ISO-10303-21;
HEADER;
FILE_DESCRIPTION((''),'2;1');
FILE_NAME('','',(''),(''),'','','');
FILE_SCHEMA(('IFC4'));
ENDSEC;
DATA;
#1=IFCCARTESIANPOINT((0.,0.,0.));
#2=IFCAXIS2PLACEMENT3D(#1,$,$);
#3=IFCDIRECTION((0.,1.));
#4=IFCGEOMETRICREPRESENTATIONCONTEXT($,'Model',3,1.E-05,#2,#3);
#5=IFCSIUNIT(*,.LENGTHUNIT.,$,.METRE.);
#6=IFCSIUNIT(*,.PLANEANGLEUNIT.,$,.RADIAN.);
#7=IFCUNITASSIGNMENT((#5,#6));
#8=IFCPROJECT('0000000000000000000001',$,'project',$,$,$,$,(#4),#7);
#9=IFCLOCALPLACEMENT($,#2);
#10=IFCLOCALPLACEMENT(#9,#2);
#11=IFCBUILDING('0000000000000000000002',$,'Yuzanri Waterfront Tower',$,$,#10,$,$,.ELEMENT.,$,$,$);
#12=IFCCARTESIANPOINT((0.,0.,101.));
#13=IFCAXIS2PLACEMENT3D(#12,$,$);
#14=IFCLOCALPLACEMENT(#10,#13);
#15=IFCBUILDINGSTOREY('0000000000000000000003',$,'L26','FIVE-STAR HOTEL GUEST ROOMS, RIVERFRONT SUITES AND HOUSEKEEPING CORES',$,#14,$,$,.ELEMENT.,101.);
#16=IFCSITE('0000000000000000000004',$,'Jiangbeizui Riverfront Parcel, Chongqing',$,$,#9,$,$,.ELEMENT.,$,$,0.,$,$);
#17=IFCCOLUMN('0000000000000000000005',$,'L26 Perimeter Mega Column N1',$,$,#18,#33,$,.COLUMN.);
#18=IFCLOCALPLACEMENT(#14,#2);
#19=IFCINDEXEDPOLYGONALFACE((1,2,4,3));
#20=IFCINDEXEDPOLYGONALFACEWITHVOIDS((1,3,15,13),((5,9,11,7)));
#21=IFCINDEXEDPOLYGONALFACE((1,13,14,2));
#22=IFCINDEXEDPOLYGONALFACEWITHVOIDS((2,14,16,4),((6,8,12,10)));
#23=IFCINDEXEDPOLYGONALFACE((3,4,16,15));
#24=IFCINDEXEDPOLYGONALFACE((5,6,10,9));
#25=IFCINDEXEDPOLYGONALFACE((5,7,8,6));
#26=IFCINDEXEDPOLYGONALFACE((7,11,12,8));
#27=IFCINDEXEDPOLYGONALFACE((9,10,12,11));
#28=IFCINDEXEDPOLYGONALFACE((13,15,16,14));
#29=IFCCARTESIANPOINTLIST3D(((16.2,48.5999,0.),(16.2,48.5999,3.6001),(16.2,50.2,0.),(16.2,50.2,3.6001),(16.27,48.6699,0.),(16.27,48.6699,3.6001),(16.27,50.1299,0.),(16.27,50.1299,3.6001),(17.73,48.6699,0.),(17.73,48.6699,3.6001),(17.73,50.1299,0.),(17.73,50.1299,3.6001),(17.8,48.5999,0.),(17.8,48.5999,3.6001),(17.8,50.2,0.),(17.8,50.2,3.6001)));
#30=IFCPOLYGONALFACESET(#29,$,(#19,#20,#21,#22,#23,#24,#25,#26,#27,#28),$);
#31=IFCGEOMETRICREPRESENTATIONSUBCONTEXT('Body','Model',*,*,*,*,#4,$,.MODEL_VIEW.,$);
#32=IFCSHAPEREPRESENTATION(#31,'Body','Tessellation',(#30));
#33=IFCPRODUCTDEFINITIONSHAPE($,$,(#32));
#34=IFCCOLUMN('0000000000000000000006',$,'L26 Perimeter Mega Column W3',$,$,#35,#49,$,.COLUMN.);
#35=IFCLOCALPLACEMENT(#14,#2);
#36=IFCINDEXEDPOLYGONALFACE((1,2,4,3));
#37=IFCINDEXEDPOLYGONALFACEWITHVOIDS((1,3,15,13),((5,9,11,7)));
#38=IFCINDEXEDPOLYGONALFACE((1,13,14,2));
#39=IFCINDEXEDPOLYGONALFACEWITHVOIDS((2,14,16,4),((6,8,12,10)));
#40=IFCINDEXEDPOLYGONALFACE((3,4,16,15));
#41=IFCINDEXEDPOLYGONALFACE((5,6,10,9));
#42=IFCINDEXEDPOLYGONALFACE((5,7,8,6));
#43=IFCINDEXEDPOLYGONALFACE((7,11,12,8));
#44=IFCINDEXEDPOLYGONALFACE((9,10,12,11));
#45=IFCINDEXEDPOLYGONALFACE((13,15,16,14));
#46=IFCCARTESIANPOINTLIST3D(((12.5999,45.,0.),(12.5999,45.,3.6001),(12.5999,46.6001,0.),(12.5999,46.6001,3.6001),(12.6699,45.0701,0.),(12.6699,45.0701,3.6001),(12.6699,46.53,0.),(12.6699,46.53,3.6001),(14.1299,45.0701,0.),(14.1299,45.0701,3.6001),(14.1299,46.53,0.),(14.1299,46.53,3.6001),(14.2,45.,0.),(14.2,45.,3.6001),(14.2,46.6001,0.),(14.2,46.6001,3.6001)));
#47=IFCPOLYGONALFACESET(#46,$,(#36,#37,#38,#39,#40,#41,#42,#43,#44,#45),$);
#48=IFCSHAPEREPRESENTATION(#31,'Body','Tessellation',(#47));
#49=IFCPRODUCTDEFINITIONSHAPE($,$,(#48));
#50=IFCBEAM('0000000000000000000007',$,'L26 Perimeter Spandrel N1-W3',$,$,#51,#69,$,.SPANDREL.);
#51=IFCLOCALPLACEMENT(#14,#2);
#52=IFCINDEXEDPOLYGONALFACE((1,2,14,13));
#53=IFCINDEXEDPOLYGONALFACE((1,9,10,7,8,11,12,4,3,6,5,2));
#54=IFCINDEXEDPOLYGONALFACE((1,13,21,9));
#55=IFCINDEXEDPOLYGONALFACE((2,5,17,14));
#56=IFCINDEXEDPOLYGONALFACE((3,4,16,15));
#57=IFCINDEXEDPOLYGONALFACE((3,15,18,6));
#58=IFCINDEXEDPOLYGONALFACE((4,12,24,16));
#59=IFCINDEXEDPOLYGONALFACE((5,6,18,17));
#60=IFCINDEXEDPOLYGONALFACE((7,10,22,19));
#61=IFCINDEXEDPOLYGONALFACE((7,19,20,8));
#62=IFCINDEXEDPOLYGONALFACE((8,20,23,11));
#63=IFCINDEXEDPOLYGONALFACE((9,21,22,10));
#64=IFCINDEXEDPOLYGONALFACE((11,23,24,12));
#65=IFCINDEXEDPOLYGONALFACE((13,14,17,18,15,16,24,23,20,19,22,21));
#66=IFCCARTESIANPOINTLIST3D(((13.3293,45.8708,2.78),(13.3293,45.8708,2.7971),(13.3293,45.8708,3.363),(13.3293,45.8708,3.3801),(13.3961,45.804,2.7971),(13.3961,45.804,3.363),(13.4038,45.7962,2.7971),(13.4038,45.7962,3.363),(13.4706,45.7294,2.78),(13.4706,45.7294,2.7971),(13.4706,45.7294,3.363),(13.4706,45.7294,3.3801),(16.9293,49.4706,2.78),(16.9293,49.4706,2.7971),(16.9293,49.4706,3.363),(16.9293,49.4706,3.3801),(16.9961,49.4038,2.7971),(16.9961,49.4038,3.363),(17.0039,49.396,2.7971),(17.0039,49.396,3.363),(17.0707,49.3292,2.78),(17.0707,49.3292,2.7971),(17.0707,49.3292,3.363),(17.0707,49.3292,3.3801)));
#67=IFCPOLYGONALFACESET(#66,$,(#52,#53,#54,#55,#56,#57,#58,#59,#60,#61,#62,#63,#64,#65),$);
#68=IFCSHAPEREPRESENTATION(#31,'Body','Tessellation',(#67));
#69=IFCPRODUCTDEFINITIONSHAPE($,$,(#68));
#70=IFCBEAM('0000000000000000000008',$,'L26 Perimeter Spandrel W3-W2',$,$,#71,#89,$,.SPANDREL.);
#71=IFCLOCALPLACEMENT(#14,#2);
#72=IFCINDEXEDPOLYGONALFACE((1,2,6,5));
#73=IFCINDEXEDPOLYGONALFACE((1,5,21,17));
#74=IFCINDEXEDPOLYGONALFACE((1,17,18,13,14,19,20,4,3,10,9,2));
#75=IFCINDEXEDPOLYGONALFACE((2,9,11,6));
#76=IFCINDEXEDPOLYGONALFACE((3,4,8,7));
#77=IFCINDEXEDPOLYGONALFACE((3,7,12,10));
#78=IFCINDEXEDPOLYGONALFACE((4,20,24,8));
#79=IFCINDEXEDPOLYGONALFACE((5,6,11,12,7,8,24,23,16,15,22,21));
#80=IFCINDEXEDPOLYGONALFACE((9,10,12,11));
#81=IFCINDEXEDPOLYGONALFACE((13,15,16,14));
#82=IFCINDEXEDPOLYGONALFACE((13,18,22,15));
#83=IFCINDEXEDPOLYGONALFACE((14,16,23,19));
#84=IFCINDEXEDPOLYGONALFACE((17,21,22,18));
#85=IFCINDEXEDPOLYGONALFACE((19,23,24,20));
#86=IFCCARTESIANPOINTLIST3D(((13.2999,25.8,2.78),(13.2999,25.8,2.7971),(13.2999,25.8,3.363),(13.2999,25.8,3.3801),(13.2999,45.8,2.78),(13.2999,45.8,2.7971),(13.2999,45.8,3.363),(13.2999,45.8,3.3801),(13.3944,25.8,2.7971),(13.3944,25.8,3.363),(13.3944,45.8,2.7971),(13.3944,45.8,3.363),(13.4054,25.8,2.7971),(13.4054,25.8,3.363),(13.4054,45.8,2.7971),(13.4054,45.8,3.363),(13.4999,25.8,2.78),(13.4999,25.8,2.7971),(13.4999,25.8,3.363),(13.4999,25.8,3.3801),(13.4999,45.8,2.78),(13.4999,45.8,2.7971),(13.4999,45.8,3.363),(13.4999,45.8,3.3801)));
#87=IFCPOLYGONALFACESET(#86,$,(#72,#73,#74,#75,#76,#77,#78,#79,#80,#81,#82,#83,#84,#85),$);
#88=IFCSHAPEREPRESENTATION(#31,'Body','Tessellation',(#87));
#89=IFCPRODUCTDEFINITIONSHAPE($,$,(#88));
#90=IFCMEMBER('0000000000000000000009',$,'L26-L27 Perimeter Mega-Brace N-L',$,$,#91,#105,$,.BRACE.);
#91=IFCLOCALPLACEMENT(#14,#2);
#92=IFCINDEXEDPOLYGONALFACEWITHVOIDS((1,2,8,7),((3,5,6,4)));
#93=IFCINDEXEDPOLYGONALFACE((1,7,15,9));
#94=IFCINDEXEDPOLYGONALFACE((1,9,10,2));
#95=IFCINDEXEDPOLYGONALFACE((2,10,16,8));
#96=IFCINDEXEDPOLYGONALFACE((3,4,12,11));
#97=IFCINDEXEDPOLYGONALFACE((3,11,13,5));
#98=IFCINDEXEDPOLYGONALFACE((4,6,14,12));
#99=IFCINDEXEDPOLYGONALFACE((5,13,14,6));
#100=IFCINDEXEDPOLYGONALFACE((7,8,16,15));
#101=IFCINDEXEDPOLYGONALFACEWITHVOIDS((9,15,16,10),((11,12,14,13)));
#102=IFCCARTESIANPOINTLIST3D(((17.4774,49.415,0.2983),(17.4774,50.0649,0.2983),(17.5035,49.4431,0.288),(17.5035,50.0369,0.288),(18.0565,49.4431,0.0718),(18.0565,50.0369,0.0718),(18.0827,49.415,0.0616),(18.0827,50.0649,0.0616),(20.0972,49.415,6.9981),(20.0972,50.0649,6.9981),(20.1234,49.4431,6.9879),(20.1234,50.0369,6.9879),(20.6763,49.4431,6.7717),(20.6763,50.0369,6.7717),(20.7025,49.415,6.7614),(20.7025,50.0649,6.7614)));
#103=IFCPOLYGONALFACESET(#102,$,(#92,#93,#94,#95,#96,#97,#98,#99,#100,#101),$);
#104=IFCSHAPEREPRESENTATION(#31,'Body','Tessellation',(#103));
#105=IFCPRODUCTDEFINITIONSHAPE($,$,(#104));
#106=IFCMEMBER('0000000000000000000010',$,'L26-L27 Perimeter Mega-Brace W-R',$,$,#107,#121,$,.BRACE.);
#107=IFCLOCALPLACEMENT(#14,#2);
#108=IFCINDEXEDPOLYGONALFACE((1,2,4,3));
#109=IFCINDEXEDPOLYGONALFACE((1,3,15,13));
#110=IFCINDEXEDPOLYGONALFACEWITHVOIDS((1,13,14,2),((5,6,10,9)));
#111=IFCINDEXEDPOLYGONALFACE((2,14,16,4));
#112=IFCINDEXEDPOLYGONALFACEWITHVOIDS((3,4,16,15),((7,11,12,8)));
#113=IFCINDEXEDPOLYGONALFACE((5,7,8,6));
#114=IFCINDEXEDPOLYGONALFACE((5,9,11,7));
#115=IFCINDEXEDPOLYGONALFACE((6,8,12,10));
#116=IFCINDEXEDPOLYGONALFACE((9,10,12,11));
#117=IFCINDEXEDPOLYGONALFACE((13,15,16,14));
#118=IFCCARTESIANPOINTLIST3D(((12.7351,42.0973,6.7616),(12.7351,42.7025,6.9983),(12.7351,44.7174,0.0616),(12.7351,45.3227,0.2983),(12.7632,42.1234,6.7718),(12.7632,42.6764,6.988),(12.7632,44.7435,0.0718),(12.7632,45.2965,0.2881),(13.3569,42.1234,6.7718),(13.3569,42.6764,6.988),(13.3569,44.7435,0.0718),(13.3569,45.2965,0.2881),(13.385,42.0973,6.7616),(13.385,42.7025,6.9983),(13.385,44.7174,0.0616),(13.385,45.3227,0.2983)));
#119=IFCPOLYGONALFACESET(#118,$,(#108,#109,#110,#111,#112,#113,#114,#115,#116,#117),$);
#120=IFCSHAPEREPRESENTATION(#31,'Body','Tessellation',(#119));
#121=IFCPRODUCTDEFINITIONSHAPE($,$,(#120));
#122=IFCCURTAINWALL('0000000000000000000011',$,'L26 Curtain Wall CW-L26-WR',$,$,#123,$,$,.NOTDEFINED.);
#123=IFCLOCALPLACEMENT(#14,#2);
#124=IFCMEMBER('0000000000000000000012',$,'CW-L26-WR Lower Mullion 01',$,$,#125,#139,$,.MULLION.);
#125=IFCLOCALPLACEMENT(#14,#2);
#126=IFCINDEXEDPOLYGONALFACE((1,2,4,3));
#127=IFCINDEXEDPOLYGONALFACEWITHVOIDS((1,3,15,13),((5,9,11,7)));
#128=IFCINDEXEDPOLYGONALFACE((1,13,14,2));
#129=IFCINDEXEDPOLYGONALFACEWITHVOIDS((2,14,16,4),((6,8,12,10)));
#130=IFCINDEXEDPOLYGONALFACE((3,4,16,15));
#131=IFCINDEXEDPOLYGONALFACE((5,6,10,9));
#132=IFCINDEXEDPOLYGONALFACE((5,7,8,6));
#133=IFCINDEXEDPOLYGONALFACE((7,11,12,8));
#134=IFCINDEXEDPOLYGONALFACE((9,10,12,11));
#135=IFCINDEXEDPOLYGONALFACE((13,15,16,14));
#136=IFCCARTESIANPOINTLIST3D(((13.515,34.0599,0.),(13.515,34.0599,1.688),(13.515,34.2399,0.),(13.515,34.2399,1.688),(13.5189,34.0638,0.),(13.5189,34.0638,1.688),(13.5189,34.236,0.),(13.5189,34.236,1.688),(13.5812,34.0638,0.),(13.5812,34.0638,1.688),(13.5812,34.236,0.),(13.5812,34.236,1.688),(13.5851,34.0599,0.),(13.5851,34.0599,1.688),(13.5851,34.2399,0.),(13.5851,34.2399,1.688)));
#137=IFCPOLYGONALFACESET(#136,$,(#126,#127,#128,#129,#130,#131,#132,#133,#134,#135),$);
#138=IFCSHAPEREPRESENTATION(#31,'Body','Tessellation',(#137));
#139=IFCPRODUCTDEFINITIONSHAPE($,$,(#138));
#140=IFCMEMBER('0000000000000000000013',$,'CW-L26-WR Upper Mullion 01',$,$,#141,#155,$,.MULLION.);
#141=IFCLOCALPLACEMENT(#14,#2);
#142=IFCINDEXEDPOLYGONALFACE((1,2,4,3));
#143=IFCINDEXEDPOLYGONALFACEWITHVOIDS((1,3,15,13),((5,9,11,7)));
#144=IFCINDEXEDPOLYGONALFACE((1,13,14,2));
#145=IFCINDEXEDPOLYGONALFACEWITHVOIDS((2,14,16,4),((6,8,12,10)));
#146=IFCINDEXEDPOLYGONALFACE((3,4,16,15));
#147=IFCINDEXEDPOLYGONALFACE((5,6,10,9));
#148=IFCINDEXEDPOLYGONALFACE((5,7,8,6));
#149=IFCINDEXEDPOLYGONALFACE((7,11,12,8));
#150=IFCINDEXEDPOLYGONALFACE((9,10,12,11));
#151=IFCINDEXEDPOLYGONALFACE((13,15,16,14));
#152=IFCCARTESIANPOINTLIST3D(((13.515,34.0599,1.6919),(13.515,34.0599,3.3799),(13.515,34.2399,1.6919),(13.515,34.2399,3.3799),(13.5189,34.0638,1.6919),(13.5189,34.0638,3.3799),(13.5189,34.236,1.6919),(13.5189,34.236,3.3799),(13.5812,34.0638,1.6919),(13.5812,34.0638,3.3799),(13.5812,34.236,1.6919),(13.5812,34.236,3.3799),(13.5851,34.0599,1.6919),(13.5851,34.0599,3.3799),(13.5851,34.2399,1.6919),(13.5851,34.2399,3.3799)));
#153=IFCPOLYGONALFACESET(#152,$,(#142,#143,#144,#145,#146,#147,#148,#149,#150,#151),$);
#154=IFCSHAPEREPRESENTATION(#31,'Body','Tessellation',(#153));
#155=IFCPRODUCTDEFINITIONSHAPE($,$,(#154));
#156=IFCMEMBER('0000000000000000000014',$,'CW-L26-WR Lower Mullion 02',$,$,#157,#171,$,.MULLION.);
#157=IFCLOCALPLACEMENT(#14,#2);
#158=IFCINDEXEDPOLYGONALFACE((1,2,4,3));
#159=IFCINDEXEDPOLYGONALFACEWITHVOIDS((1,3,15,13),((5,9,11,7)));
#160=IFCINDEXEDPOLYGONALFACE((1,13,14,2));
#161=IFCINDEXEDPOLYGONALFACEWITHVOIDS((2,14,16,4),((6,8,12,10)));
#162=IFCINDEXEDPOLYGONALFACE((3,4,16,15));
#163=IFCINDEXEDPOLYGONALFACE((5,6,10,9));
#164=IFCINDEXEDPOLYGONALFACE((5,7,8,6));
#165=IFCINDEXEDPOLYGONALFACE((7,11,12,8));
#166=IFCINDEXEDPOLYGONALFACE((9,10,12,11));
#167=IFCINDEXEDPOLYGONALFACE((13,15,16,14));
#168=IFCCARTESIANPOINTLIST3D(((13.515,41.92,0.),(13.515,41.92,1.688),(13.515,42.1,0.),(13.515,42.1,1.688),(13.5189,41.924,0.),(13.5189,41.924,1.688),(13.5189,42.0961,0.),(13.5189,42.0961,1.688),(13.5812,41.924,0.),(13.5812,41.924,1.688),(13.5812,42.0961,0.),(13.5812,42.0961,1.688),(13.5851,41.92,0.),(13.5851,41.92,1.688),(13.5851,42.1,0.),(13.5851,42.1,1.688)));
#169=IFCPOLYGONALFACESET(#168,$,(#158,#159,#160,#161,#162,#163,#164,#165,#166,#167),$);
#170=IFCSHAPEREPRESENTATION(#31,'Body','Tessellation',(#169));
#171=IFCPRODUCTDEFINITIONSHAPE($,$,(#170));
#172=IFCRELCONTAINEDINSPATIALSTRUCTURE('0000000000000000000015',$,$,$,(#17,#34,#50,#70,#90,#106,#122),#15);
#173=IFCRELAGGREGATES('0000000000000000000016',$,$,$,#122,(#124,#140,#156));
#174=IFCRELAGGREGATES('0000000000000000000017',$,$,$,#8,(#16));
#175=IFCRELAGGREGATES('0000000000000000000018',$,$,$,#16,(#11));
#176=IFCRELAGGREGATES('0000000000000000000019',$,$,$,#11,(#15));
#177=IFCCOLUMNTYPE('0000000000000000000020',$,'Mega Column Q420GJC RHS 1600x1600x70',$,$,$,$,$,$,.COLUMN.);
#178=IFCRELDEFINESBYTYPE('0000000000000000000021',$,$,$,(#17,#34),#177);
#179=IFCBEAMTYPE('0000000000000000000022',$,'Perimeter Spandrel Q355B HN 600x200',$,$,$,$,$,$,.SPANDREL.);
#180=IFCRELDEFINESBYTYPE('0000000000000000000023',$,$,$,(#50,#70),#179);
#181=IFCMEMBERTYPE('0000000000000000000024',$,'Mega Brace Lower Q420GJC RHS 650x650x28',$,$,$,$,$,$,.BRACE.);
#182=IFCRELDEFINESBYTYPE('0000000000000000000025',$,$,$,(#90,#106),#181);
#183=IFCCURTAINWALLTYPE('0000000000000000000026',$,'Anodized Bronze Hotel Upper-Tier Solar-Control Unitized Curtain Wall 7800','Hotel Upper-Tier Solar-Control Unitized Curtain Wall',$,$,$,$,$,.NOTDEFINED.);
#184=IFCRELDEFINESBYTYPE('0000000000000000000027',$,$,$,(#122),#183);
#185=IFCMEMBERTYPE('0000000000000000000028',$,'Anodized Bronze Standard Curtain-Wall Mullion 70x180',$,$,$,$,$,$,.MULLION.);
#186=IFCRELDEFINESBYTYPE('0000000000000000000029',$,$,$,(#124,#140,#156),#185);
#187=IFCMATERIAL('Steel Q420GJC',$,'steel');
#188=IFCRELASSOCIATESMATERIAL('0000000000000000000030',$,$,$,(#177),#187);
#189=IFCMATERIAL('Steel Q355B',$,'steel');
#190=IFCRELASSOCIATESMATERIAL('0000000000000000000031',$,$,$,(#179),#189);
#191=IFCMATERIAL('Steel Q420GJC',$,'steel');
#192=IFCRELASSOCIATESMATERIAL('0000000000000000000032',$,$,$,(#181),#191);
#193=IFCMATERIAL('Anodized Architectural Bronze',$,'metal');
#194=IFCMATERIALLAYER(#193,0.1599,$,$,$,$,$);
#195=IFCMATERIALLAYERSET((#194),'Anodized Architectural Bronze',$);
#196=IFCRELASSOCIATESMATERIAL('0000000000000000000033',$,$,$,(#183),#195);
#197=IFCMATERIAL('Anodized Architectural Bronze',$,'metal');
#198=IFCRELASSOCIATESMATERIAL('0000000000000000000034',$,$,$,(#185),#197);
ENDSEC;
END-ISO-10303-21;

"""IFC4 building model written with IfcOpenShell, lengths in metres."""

from ifc_helpers import new_model, si_unit, direction, frame, origin, origin_2d, place, context, subcontext, project, spatial, hollow_rectangle, i_section, extrude, source, transform, mapped, material, layer, layer_set, material_profile, profile_set, type_object, element, aggregate, save


model = new_model("IFC4")

# Units and contexts
model_context = context("Model", 3, precision=1e-05, world=origin(), true_north=direction((0.0, 1.0)))
body_context = subcontext(model_context, "Body", "Model", "MODEL_VIEW")
ifc_project = project(units=[si_unit("LENGTHUNIT", "METRE"), si_unit("PLANEANGLEUNIT", "RADIAN")], contexts=[model_context])

# Site, building, storey
site_placement = place(None, origin())
site = spatial("IfcSite", under=ifc_project, at=site_placement, Name="Jiangbeizui Riverfront Parcel, Chongqing", CompositionType="ELEMENT", RefElevation=0.0)
building_placement = place(site_placement, origin())
building = spatial("IfcBuilding", under=site, at=building_placement, Name="Yuzanri Waterfront Tower", CompositionType="ELEMENT")
storey_placement = place(building_placement, frame((0.0, 0.0, 101.0)))
storey = spatial("IfcBuildingStorey", under=building, at=storey_placement, Name="L26", Description="FIVE-STAR HOTEL GUEST ROOMS, RIVERFRONT SUITES AND HOUSEKEEPING CORES", CompositionType="ELEMENT", Elevation=101.0)

# Columns
ifc_material_1 = material(Name="Steel Q420GJC", Category="steel")
ifc_material_profile_1 = material_profile(ifc_material_1, hollow_rectangle(XDim=1.6001, YDim=1.6001, WallThickness=0.0701, at=origin_2d()), Name="RHS 1600x1600x70")
ifc_profile_set_1 = profile_set([ifc_material_profile_1], Name="Steel Q420GJC")
column_type = type_object("IfcColumnType", Name="Mega Column Q420GJC RHS 1600x1600x70", PredefinedType="COLUMN", material=ifc_profile_set_1)
shared_shape_1 = source(origin(), body_context, "Body", "SweptSolid", [
    extrude(hollow_rectangle(XDim=1.6001, YDim=1.6001, WallThickness=0.0701, at=origin_2d()), origin(), (0.0, 0.0, 1.0), 3.6001),
])
for number, where, z_axis, x_axis, name in (
    (1, (17.0, 49.3999, 0.0), (0.0, 0.0, 1.0), (1.0, 0.0, 0.0), "L26 Perimeter Mega Column N1"),
    (2, (13.3999, 45.8, 0.0), (0.0, 0.0, 1.0), (1.0, 0.0, 0.0), "L26 Perimeter Mega Column W3"),
):
    element("IfcColumn", number, at=place(storey_placement, frame(where, z_axis=z_axis, x_axis=x_axis)), inside=storey, type_object=column_type, Name=name, PredefinedType="COLUMN", context=body_context, shape_type="MappedRepresentation", body=[
        mapped(shared_shape_1, transform((0.0, 0.0, 0.0), scale=1.0)),
    ])

# Beams
ifc_material_2 = material(Name="Steel Q355B", Category="steel")
ifc_material_profile_2 = material_profile(ifc_material_2, i_section(OverallWidth=0.2, OverallDepth=0.6001, WebThickness=0.011, FlangeThickness=0.0171, at=origin_2d()), Name="HN 600x200x11x17")
ifc_profile_set_2 = profile_set([ifc_material_profile_2], Name="Steel Q355B")
beam_type = type_object("IfcBeamType", Name="Perimeter Spandrel Q355B HN 600x200", PredefinedType="SPANDREL", material=ifc_profile_set_2)
shared_shape_2 = source(origin(), body_context, "Body", "SweptSolid", [
    extrude(i_section(OverallWidth=0.2, OverallDepth=0.6001, WebThickness=0.011, FlangeThickness=0.0171, at=origin_2d()), origin(), (0.0, 0.0, 1.0), 5.0911),
])
beam_1_placement = place(storey_placement, frame((17.0, 49.3999, 3.0801), z_axis=(-0.707131, -0.707083, 0.0), x_axis=(0.707083, -0.707131, 0.0)))
element("IfcBeam", 3, at=beam_1_placement, inside=storey, type_object=beam_type, Name="L26 Perimeter Spandrel N1-W3", PredefinedType="SPANDREL", context=body_context, shape_type="MappedRepresentation", body=[
    mapped(shared_shape_2, transform((0.0, 0.0, 0.0), scale=1.0)),
])
shared_shape_3 = source(origin(), body_context, "Body", "SweptSolid", [
    extrude(i_section(OverallWidth=0.2, OverallDepth=0.6001, WebThickness=0.011, FlangeThickness=0.0171, at=origin_2d()), origin(), (0.0, 0.0, 1.0), 20.0),
])
beam_2_placement = place(storey_placement, frame((13.3999, 45.8, 3.0801), z_axis=(0.0, -1.0, 0.0), x_axis=(1.0, 0.0, 0.0)))
element("IfcBeam", 4, at=beam_2_placement, inside=storey, type_object=beam_type, Name="L26 Perimeter Spandrel W3-W2", PredefinedType="SPANDREL", context=body_context, shape_type="MappedRepresentation", body=[
    mapped(shared_shape_3, transform((0.0, 0.0, 0.0), scale=1.0)),
])

# Members
ifc_material_3 = material(Name="Steel Q420GJC", Category="steel")
ifc_material_profile_3 = material_profile(ifc_material_3, hollow_rectangle(XDim=0.6499, YDim=0.6499, WallThickness=0.0281, at=origin_2d()), Name="RHS 650x650x28")
ifc_profile_set_3 = profile_set([ifc_material_profile_3], Name="Steel Q420GJC")
member_type_1 = type_object("IfcMemberType", Name="Mega Brace Lower Q420GJC RHS 650x650x28", PredefinedType="BRACE", material=ifc_profile_set_3)
shared_shape_4 = source(origin(), body_context, "Body", "SweptSolid", [
    extrude(hollow_rectangle(XDim=0.6499, YDim=0.6499, WallThickness=0.0281, at=origin_2d()), origin(), (0.0, 0.0, 1.0), 7.1938),
])
member_1_placement = place(storey_placement, frame((17.78, 49.74, 0.1799), z_axis=(0.364177, 0.0, 0.93133), x_axis=(0.0, 1.0, 0.0)))
element("IfcMember", 5, at=member_1_placement, inside=storey, type_object=member_type_1, Name="L26-L27 Perimeter Mega-Brace N-L", PredefinedType="BRACE", context=body_context, shape_type="MappedRepresentation", body=[
    mapped(shared_shape_4, transform((0.0, 0.0, 0.0), scale=1.0)),
])
shared_shape_5 = source(origin(), body_context, "Body", "SweptSolid", [
    extrude(hollow_rectangle(XDim=0.6499, YDim=0.6499, WallThickness=0.0281, at=origin_2d()), origin(), (0.0, 0.0, 1.0), 7.1941),
])
member_2_placement = place(storey_placement, frame((13.0601, 45.02, 0.1799), z_axis=(0.0, -0.364206, 0.931318), x_axis=(1.0, 0.0, 0.0)))
element("IfcMember", 6, at=member_2_placement, inside=storey, type_object=member_type_1, Name="L26-L27 Perimeter Mega-Brace W-R", PredefinedType="BRACE", context=body_context, shape_type="MappedRepresentation", body=[
    mapped(shared_shape_5, transform((0.0, 0.0, 0.0), scale=1.0)),
])

# Curtain wall, members
ifc_material_4 = material(Name="Anodized Architectural Bronze", Category="metal")
ifc_layer_1 = layer(ifc_material_4, 0.1599)
ifc_layer_set_1 = layer_set([ifc_layer_1], Name="Anodized Architectural Bronze")
curtain_wall_type = type_object("IfcCurtainWallType", Name="Anodized Bronze Hotel Upper-Tier Solar-Control Unitized Curtain Wall 7800", Description="Hotel Upper-Tier Solar-Control Unitized Curtain Wall", PredefinedType="NOTDEFINED", material=ifc_layer_set_1)
curtain_wall_placement = place(storey_placement, origin())
curtain_wall = element("IfcCurtainWall", 7, at=curtain_wall_placement, inside=storey, type_object=curtain_wall_type, Name="L26 Curtain Wall CW-L26-WR", PredefinedType="NOTDEFINED")
ifc_material_5 = material(Name="Anodized Architectural Bronze", Category="metal")
ifc_material_profile_4 = material_profile(ifc_material_5, hollow_rectangle(XDim=0.0701, YDim=0.1799, WallThickness=0.0039, at=origin_2d()), Name="CWM 70x180")
ifc_profile_set_4 = profile_set([ifc_material_profile_4], Name="Anodized Architectural Bronze")
member_type_2 = type_object("IfcMemberType", Name="Anodized Bronze Standard Curtain-Wall Mullion 70x180", PredefinedType="MULLION", material=ifc_profile_set_4)
shared_shape_6 = source(origin(), body_context, "Body", "SweptSolid", [
    extrude(hollow_rectangle(XDim=0.0701, YDim=0.1799, WallThickness=0.0039, at=origin_2d()), origin(), (0.0, 0.0, 1.0), 1.688),
])
member_3_placement = place(storey_placement, frame((13.55, 34.1499, 0.0), z_axis=(0.0, 0.0, 1.0), x_axis=(1.0, 0.0, 0.0)))
member_3 = element("IfcMember", 8, at=member_3_placement, type_object=member_type_2, Name="CW-L26-WR Lower Mullion 01", PredefinedType="MULLION", context=body_context, shape_type="MappedRepresentation", body=[
    mapped(shared_shape_6, transform((0.0, 0.0, 0.0), scale=1.0)),
])
member_4_placement = place(storey_placement, frame((13.55, 34.1499, 1.6919), z_axis=(0.0, 0.0, 1.0), x_axis=(1.0, 0.0, 0.0)))
member_4 = element("IfcMember", 9, at=member_4_placement, type_object=member_type_2, Name="CW-L26-WR Upper Mullion 01", PredefinedType="MULLION", context=body_context, shape_type="MappedRepresentation", body=[
    mapped(shared_shape_6, transform((0.0, 0.0, 0.0), scale=1.0)),
])
member_5_placement = place(storey_placement, frame((13.55, 42.01, 0.0), z_axis=(0.0, 0.0, 1.0), x_axis=(1.0, 0.0, 0.0)))
member_5 = element("IfcMember", 10, at=member_5_placement, type_object=member_type_2, Name="CW-L26-WR Lower Mullion 02", PredefinedType="MULLION", context=body_context, shape_type="MappedRepresentation", body=[
    mapped(shared_shape_6, transform((0.0, 0.0, 0.0), scale=1.0)),
])

aggregate(curtain_wall, [member_3, member_4, member_5])

save(model, "model.ifc")
